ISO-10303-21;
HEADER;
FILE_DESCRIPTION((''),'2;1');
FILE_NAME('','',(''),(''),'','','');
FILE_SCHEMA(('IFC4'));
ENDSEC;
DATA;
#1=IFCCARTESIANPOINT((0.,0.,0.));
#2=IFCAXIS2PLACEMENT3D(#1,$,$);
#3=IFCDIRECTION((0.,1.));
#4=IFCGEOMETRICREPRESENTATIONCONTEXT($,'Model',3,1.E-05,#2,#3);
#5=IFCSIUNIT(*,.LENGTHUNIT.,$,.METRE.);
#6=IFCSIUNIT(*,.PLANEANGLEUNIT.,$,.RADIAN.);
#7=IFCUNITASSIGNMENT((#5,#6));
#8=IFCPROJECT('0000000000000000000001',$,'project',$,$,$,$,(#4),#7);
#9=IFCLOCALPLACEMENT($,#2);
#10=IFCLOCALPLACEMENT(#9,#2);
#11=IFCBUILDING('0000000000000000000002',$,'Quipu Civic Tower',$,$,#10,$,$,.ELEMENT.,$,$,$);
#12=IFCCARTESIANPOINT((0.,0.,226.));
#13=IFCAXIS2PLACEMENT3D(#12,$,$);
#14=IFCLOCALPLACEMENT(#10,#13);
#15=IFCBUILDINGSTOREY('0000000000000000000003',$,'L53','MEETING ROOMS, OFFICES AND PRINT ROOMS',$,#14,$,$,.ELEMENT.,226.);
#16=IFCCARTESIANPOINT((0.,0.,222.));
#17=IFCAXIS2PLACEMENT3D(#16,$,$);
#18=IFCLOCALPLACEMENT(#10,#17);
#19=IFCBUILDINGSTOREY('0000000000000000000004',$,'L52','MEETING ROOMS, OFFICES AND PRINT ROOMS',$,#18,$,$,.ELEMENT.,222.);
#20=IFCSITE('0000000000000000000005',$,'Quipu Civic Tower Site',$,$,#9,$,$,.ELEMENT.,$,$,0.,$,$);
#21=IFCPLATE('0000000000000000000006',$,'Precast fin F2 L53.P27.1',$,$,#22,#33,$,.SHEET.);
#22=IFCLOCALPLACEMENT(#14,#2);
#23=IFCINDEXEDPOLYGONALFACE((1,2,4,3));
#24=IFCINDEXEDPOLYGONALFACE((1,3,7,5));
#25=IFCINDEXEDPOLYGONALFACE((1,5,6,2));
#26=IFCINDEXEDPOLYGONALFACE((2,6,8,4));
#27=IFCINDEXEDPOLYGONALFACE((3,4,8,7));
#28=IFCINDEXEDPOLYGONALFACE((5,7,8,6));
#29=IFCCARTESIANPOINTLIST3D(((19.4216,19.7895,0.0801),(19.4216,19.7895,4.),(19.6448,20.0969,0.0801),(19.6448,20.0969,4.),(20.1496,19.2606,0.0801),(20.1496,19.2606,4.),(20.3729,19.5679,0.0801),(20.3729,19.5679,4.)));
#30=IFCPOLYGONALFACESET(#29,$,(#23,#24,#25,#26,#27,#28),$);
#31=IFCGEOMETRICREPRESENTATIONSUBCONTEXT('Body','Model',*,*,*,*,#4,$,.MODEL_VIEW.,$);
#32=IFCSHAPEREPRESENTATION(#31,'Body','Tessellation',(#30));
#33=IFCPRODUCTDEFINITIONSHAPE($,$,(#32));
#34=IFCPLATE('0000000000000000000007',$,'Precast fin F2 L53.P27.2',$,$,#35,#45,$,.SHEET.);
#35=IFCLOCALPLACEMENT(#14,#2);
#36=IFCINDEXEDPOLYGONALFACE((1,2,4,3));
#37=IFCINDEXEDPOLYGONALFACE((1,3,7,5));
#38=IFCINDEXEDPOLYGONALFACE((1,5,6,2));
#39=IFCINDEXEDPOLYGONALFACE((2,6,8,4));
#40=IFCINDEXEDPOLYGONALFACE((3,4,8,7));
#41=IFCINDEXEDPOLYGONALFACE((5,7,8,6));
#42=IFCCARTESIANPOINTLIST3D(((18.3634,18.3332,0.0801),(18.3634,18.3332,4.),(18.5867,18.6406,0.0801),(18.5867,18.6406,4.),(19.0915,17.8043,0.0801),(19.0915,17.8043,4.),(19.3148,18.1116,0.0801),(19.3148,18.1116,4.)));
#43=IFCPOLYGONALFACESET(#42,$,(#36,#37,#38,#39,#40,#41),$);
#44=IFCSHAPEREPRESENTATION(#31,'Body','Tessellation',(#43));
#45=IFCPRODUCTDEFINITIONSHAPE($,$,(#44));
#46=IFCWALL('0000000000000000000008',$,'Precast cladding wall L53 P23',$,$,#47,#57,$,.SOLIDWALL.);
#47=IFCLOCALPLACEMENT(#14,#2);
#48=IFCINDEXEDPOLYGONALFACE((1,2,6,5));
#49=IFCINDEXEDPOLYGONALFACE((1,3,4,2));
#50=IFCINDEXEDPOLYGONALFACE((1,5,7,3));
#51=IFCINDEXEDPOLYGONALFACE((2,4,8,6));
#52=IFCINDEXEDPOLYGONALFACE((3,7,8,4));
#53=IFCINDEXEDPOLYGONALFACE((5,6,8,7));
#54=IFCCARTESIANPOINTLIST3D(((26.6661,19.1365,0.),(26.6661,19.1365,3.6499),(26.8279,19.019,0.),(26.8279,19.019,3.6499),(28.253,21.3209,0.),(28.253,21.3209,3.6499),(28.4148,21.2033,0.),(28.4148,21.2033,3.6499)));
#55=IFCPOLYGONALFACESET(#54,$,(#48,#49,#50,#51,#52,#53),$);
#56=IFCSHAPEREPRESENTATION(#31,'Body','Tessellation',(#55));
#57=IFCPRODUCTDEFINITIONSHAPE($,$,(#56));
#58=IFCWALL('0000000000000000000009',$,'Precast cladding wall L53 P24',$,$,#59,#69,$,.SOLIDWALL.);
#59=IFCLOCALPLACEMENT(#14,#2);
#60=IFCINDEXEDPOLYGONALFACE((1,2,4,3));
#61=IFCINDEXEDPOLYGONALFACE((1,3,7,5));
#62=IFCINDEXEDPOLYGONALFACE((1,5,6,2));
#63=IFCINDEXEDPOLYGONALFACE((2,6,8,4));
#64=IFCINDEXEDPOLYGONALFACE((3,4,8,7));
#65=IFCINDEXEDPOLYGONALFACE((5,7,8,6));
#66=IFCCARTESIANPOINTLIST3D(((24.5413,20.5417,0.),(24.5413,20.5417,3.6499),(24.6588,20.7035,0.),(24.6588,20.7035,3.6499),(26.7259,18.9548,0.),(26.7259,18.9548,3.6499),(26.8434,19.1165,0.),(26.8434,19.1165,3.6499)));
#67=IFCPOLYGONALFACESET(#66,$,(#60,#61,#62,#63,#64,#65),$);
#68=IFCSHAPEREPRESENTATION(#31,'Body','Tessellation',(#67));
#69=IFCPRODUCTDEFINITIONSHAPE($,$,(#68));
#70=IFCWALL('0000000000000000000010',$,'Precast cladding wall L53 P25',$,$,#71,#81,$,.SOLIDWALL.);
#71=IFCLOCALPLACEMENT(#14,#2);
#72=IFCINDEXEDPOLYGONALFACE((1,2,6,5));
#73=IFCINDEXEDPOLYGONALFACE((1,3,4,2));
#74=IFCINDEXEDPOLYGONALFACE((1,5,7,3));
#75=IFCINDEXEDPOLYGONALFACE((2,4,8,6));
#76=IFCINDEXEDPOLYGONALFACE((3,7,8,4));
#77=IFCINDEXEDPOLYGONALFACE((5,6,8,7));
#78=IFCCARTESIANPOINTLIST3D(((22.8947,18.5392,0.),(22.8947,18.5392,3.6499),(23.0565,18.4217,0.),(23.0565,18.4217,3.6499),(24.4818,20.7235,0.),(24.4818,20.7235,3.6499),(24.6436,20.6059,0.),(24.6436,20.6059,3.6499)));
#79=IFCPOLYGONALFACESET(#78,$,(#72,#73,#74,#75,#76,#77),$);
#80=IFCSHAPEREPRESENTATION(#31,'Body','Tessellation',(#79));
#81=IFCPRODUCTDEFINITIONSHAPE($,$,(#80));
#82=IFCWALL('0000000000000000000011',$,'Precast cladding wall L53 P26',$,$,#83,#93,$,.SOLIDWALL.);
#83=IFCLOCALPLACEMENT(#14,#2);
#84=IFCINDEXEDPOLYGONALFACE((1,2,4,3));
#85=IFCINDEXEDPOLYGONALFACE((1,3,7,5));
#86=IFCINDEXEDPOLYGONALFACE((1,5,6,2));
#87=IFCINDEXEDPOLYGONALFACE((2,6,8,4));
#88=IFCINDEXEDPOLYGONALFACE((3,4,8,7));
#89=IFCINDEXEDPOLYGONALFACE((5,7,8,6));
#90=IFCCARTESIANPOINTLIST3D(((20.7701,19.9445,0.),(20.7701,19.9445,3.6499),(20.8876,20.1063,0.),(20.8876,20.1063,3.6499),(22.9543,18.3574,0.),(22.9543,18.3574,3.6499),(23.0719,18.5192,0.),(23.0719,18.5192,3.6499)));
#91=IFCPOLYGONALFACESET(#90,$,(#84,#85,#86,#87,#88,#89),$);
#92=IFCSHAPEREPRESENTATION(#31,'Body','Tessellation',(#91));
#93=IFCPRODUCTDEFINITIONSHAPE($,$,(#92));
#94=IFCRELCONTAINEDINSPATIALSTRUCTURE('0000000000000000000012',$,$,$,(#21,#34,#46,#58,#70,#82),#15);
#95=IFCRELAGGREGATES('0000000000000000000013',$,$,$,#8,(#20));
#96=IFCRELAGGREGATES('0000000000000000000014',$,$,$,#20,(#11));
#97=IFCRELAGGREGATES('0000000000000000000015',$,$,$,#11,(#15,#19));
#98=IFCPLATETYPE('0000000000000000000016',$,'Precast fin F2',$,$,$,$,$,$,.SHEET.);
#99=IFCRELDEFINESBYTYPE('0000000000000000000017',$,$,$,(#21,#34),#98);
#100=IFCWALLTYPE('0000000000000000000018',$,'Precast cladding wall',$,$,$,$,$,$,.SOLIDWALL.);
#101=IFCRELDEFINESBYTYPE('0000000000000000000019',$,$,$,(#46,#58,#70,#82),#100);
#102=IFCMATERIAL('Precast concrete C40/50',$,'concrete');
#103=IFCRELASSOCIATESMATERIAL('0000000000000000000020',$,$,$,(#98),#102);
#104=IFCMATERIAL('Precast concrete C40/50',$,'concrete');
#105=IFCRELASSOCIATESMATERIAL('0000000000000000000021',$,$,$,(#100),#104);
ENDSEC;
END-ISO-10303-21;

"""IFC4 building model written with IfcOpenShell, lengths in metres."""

from ifc_helpers import new_model, si_unit, direction, frame, frame_2d, origin, origin_2d, place, context, subcontext, project, spatial, rectangle, extrude, material, type_object, element, save


model = new_model("IFC4")

# Units and contexts
model_context = context("Model", 3, precision=1e-05, world=origin(), true_north=direction((0.0, 1.0)))
body_context = subcontext(model_context, "Body", "Model", "MODEL_VIEW")
ifc_project = project(units=[si_unit("LENGTHUNIT", "METRE"), si_unit("PLANEANGLEUNIT", "RADIAN")], contexts=[model_context])

# Site, building, storey
site_placement = place(None, origin())
site = spatial("IfcSite", under=ifc_project, at=site_placement, Name="Quipu Civic Tower Site", CompositionType="ELEMENT", RefElevation=0.0)
building_placement = place(site_placement, origin())
building = spatial("IfcBuilding", under=site, at=building_placement, Name="Quipu Civic Tower", CompositionType="ELEMENT")
storey_1_placement = place(building_placement, frame((0.0, 0.0, 226.0)))
storey_1 = spatial("IfcBuildingStorey", under=building, at=storey_1_placement, Name="L53", Description="MEETING ROOMS, OFFICES AND PRINT ROOMS", CompositionType="ELEMENT", Elevation=226.0)

# Shared definitions
storey_2_placement = place(building_placement, frame((0.0, 0.0, 222.0)))
storey_2 = spatial("IfcBuildingStorey", under=building, at=storey_2_placement, Name="L52", Description="MEETING ROOMS, OFFICES AND PRINT ROOMS", CompositionType="ELEMENT", Elevation=222.0)

# Plates
ifc_material_1 = material(Name="Precast concrete C40/50", Category="concrete")
plate_type_1 = type_object("IfcPlateType", Name="Precast fin F2", PredefinedType="SHEET", material=ifc_material_1)
for number, where, z_axis, x_axis, name in (
    (1, (19.8972, 19.6787, 0.0801), (0.0, 0.0, 1.0), (-0.587784, -0.809018, 0.0), "Precast fin F2 L53.P27.1"),
    (2, (18.8391, 18.2224, 0.0801), (0.0, 0.0, 1.0), (-0.587784, -0.809018, 0.0), "Precast fin F2 L53.P27.2"),
):
    element("IfcPlate", number, at=place(storey_1_placement, frame(where, z_axis=z_axis, x_axis=x_axis)), inside=storey_1, type_object=plate_type_1, Name=name, PredefinedType="SHEET", context=body_context, shape_type="SweptSolid", body=[
        extrude(rectangle(XDim=0.3799, YDim=0.8999, at=origin_2d()), origin(), (0.0, 0.0, 1.0), 3.9199),
    ])

# Walls
ifc_material_2 = material(Name="Precast concrete C40/50", Category="concrete")
wall_type = type_object("IfcWallType", Name="Precast cladding wall", PredefinedType="SOLIDWALL", material=ifc_material_2)
wall_1_placement = place(storey_1_placement, frame((28.334, 21.2622, 0.0), z_axis=(0.0, 0.0, 1.0), x_axis=(-0.587763, -0.809033, 0.0)))
element("IfcWall", 3, at=wall_1_placement, inside=storey_1, type_object=wall_type, Name="Precast cladding wall L53 P23", PredefinedType="SOLIDWALL", context=body_context, shape_type="SweptSolid", body=[
    extrude(rectangle(XDim=2.7, YDim=0.2, at=frame_2d((1.3501, 0.0))), origin(), (0.0, 0.0, 1.0), 3.6499),
])
wall_2_placement = place(storey_1_placement, frame((26.7847, 19.0356, 0.0), z_axis=(0.0, 0.0, 1.0), x_axis=(-0.809064, 0.58772, 0.0)))
element("IfcWall", 4, at=wall_2_placement, inside=storey_1, type_object=wall_type, Name="Precast cladding wall L53 P24", PredefinedType="SOLIDWALL", context=body_context, shape_type="SweptSolid", body=[
    extrude(rectangle(XDim=2.7002, YDim=0.2, at=frame_2d((1.3501, 0.0))), origin(), (0.0, 0.0, 1.0), 3.6499),
])
for number, where, z_axis, x_axis, name in (
    (5, (24.5627, 20.6648, 0.0), (0.0, 0.0, 1.0), (-0.587822, -0.80899, 0.0), "Precast cladding wall L53 P25"),
    (6, (23.0132, 18.4382, 0.0), (0.0, 0.0, 1.0), (-0.80899, 0.587822, 0.0), "Precast cladding wall L53 P26"),
):
    element("IfcWall", number, at=place(storey_1_placement, frame(where, z_axis=z_axis, x_axis=x_axis)), inside=storey_1, type_object=wall_type, Name=name, PredefinedType="SOLIDWALL", context=body_context, shape_type="SweptSolid", body=[
        extrude(rectangle(XDim=2.7, YDim=0.2, at=frame_2d((1.3501, 0.0))), origin(), (0.0, 0.0, 1.0), 3.6499),
    ])

save(model, "model.ifc")
